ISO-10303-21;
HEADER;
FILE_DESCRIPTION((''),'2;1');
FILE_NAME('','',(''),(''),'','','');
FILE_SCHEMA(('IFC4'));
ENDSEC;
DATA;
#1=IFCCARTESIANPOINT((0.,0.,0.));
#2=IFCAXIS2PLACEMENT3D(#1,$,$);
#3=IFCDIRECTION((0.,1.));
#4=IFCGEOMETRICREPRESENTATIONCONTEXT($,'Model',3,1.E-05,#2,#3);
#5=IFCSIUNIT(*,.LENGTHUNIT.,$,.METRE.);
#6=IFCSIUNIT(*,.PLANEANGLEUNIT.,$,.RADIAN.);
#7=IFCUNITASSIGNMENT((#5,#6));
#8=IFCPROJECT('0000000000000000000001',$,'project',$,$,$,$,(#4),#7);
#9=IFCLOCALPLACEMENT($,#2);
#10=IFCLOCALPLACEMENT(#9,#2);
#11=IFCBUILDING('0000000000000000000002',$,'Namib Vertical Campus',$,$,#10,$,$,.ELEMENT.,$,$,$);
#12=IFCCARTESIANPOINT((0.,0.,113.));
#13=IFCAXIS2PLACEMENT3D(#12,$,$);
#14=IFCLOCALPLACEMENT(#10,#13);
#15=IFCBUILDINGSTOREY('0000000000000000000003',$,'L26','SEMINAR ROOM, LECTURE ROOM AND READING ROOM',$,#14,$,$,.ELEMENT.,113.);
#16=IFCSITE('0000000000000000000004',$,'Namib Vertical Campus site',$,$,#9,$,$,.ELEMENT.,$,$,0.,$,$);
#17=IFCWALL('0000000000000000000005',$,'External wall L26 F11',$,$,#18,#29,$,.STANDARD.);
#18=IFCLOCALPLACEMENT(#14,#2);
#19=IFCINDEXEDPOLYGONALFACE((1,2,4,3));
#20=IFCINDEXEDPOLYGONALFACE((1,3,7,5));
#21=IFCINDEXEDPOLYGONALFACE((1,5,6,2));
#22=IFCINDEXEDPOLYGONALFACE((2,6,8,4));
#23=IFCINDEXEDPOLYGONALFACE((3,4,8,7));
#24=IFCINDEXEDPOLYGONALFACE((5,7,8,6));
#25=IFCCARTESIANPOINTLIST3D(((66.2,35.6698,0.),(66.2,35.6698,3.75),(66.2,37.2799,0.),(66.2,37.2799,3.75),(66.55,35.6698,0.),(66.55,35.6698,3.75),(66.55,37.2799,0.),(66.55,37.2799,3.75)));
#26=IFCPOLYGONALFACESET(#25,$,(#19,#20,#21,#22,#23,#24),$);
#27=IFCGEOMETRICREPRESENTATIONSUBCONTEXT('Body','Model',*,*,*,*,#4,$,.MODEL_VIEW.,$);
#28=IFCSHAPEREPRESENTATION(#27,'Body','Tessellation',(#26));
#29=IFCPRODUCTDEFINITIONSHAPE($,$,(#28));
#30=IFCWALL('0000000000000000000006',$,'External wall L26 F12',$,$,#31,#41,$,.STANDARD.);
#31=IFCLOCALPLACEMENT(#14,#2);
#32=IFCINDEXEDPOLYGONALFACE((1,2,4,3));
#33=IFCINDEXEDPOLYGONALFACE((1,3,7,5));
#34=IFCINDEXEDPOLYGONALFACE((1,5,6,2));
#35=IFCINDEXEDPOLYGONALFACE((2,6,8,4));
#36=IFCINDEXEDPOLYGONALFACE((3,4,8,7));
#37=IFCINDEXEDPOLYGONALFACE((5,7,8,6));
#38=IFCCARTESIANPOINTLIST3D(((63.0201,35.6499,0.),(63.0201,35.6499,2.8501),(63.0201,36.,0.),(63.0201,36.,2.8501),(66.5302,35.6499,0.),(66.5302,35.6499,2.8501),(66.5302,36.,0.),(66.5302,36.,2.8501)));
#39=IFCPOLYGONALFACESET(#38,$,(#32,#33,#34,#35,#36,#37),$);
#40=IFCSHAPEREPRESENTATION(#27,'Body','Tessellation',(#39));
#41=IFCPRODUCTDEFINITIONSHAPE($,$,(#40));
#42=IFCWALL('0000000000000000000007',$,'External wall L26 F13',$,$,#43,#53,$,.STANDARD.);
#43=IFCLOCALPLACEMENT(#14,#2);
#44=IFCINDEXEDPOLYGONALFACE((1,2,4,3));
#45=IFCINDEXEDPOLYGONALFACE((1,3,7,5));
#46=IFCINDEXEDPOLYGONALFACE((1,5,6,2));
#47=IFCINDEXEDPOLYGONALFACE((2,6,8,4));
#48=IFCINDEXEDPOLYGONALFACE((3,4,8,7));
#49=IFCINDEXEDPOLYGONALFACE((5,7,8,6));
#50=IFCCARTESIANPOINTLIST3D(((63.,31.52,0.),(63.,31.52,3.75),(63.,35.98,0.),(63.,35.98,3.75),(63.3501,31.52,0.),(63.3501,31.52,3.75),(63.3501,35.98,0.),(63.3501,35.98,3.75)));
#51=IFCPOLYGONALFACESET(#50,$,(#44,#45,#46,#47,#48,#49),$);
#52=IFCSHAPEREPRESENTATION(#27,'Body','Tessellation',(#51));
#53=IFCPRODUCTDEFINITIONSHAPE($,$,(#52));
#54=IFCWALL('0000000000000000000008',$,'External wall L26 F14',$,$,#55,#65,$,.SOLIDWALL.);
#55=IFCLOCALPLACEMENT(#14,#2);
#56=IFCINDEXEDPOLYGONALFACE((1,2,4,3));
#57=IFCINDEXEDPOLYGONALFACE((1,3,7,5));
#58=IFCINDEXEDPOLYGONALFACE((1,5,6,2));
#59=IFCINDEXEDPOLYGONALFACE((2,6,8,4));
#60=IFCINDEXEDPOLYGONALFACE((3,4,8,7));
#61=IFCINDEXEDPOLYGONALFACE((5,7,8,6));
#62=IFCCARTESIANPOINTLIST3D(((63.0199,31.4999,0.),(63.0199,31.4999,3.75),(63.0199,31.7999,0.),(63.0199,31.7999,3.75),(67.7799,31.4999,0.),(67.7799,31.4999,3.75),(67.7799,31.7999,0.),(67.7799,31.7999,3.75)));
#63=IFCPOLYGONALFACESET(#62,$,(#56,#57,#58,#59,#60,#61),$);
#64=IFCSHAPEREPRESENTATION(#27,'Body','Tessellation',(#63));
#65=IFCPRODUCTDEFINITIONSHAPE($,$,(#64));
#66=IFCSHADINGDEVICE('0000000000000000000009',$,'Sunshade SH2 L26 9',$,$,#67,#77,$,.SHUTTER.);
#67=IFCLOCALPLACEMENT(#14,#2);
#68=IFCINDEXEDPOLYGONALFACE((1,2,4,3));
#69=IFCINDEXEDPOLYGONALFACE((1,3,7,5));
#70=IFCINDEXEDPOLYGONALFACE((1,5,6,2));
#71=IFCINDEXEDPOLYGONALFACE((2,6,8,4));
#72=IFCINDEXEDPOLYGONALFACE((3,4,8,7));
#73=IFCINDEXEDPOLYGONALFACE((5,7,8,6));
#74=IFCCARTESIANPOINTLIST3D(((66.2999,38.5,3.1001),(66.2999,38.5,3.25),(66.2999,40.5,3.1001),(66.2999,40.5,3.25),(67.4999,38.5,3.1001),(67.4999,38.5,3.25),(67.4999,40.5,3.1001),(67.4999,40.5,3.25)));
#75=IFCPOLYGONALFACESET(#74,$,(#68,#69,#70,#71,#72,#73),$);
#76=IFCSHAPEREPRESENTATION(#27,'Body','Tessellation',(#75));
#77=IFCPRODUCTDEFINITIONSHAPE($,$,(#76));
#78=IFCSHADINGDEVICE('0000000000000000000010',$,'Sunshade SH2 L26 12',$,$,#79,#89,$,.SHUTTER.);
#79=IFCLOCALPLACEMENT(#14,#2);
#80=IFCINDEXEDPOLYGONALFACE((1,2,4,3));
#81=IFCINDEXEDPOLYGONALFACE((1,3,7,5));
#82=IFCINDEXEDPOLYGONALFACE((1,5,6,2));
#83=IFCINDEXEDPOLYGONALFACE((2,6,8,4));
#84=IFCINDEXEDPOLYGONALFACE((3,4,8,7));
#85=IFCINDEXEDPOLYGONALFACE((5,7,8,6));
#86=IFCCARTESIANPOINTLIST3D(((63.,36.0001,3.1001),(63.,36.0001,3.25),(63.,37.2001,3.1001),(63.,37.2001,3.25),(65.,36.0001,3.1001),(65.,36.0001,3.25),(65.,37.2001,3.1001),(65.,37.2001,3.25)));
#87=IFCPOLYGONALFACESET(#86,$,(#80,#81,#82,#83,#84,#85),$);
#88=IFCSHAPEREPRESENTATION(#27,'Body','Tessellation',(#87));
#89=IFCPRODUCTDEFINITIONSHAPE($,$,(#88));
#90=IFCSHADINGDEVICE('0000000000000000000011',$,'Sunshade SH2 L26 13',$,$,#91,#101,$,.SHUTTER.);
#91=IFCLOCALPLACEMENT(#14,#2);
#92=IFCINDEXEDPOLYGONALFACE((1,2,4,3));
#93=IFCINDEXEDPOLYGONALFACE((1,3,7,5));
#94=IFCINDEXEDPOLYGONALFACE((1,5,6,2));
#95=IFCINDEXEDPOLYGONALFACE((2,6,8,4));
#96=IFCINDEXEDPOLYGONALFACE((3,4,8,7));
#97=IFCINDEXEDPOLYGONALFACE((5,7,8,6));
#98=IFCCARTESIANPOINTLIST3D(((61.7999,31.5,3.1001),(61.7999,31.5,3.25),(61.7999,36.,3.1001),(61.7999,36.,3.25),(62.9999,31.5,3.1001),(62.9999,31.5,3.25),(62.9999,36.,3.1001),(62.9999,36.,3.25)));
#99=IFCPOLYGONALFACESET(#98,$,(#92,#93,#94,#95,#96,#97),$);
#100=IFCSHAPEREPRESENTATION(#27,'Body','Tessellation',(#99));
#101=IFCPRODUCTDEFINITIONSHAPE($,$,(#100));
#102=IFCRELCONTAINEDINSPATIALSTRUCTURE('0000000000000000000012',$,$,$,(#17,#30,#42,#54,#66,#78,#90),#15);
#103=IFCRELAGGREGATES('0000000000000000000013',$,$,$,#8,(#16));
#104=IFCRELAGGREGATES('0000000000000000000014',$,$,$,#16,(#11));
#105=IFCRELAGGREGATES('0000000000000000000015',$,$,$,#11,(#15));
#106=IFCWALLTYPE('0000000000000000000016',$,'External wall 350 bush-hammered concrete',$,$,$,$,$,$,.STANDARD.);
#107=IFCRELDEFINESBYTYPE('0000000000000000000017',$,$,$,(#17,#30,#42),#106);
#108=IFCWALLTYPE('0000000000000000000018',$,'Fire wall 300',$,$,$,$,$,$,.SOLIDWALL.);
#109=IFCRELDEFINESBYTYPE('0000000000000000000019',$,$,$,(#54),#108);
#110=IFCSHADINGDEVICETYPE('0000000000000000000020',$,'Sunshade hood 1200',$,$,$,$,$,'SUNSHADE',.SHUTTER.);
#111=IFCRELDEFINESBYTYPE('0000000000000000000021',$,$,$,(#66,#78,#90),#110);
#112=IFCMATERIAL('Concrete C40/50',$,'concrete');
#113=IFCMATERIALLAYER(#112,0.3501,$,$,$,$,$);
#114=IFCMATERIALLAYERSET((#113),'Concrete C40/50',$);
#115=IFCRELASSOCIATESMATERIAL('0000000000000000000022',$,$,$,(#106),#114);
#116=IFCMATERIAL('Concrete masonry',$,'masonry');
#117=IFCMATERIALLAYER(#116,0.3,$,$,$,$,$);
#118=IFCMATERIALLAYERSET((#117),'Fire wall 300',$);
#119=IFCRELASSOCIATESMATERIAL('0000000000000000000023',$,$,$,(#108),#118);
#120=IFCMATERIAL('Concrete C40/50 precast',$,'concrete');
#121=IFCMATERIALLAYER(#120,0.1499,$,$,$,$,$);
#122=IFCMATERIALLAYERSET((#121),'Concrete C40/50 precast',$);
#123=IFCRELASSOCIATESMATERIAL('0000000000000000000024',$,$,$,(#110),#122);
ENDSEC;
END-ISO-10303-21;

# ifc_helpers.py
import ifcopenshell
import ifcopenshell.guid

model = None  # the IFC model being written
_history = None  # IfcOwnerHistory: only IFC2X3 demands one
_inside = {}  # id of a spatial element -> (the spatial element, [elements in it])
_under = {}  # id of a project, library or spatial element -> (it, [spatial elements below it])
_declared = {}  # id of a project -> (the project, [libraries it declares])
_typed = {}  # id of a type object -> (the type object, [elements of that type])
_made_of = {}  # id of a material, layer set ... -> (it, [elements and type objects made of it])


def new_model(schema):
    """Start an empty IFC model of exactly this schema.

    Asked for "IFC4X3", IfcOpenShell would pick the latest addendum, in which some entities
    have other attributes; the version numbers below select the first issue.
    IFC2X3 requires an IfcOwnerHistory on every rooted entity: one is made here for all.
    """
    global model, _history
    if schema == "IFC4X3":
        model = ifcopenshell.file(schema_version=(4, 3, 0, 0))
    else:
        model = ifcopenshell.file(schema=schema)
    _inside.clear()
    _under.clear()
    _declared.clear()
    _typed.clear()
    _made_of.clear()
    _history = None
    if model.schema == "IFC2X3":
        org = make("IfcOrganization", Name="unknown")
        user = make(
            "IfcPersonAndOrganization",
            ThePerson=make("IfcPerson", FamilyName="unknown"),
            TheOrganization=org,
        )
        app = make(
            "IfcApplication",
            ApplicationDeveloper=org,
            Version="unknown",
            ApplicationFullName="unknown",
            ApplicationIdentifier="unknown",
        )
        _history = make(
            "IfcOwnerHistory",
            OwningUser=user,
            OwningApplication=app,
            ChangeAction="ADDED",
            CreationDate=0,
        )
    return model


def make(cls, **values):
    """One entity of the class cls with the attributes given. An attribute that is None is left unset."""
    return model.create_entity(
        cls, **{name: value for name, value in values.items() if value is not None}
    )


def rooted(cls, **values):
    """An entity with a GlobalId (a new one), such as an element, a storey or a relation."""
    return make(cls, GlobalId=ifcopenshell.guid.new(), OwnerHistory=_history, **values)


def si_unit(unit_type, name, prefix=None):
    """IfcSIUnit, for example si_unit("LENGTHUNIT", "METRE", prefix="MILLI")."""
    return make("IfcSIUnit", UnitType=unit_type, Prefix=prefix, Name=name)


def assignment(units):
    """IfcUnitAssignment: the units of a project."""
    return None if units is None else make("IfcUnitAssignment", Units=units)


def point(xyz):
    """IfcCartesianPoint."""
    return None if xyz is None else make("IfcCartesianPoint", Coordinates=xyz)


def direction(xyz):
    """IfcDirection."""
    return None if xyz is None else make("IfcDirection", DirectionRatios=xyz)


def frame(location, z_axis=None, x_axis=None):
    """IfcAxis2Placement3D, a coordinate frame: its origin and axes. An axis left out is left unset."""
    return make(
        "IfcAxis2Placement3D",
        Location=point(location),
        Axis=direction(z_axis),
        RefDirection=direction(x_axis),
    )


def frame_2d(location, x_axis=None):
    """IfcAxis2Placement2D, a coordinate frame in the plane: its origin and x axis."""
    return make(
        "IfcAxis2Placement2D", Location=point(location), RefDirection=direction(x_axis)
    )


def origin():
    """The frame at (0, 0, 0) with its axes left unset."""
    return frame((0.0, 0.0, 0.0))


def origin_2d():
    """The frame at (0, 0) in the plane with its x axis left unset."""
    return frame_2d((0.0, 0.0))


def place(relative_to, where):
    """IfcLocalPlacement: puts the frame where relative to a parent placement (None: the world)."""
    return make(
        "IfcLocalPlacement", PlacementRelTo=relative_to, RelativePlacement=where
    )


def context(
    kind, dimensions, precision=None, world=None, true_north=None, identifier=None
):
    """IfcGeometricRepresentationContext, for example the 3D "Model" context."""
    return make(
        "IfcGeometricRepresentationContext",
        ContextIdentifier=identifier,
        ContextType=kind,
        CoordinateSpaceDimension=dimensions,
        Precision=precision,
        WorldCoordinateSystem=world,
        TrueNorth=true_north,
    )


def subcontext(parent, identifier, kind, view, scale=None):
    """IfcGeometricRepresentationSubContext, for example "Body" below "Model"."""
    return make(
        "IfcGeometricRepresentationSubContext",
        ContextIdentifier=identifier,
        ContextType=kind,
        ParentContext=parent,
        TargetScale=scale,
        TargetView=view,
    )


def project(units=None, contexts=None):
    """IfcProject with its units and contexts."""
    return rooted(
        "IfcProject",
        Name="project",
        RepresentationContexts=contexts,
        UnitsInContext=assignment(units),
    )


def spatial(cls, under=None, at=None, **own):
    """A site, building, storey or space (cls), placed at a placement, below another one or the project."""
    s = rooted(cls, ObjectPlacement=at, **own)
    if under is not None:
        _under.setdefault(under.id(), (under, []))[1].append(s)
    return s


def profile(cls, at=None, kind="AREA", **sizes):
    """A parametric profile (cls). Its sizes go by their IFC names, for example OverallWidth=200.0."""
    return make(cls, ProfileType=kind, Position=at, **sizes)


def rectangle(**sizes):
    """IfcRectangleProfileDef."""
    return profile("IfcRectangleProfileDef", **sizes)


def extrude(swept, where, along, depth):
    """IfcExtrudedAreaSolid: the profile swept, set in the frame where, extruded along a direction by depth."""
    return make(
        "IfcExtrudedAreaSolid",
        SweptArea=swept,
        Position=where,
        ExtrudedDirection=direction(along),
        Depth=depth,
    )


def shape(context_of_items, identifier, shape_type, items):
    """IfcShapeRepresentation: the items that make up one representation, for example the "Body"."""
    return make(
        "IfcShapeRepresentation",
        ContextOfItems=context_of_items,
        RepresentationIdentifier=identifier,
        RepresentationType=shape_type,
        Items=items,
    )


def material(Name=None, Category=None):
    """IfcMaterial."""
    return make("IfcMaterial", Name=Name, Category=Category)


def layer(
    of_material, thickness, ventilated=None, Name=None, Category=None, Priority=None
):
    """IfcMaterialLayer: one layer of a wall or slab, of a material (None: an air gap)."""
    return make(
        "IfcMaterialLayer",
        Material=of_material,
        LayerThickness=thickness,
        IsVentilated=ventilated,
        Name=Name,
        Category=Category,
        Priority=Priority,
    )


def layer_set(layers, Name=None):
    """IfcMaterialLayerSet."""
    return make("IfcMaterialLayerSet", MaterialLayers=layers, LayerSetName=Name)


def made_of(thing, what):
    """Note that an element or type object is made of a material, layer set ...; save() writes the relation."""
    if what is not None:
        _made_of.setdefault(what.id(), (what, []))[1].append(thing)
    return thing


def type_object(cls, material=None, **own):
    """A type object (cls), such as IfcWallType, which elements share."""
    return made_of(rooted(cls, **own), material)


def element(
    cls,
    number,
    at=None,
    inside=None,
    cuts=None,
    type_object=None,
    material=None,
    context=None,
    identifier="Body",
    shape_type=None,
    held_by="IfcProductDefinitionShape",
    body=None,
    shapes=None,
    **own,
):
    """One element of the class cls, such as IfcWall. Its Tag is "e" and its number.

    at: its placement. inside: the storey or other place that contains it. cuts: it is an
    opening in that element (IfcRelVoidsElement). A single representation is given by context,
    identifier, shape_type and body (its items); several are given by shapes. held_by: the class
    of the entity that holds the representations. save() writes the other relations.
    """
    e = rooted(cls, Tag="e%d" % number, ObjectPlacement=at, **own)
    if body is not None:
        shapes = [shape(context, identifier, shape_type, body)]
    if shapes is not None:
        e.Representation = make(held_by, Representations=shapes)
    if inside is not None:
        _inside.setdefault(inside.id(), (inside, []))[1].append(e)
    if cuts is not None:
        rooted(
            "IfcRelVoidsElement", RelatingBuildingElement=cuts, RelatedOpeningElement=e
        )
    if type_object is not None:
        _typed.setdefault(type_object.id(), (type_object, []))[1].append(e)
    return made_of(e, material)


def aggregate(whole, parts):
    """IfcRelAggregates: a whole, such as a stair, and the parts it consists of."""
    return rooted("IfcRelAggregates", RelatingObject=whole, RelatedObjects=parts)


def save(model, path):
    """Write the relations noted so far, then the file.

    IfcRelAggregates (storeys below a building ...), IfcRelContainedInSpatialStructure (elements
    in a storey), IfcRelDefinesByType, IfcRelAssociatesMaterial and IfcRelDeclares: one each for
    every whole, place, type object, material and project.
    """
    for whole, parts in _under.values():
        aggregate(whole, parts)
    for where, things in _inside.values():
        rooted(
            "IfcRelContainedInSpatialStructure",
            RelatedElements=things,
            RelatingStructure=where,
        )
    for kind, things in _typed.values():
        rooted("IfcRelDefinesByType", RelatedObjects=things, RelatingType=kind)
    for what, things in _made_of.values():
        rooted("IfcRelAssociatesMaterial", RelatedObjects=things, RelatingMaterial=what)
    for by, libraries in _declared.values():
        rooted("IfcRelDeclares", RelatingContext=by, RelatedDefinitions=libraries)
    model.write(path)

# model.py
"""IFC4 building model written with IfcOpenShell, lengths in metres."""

from ifc_helpers import new_model, si_unit, direction, frame, frame_2d, origin, origin_2d, place, context, subcontext, project, spatial, rectangle, extrude, material, layer, layer_set, type_object, element, save


model = new_model("IFC4")

# Units and contexts
model_context = context("Model", 3, precision=1e-05, world=origin(), true_north=direction((0.0, 1.0)))
body_context = subcontext(model_context, "Body", "Model", "MODEL_VIEW")
ifc_project = project(units=[si_unit("LENGTHUNIT", "METRE"), si_unit("PLANEANGLEUNIT", "RADIAN")], contexts=[model_context])

# Site, building, storey
site_placement = place(None, origin())
site = spatial("IfcSite", under=ifc_project, at=site_placement, Name="Namib Vertical Campus site", CompositionType="ELEMENT", RefElevation=0.0)
building_placement = place(site_placement, origin())
building = spatial("IfcBuilding", under=site, at=building_placement, Name="Namib Vertical Campus", CompositionType="ELEMENT")
storey_placement = place(building_placement, frame((0.0, 0.0, 113.0)))
storey = spatial("IfcBuildingStorey", under=building, at=storey_placement, Name="L26", Description="SEMINAR ROOM, LECTURE ROOM AND READING ROOM", CompositionType="ELEMENT", Elevation=113.0)

# Walls
ifc_material_1 = material(Name="Concrete C40/50", Category="concrete")
ifc_layer_1 = layer(ifc_material_1, 0.3501)
ifc_layer_set_1 = layer_set([ifc_layer_1], Name="Concrete C40/50")
wall_type_1 = type_object("IfcWallType", Name="External wall 350 bush-hammered concrete", PredefinedType="STANDARD", material=ifc_layer_set_1)
wall_1_placement = place(storey_placement, frame((66.375, 37.28, 0.0), z_axis=(0.0, 0.0, 1.0), x_axis=(0.0, -1.0, 0.0)))
element("IfcWall", 1, at=wall_1_placement, inside=storey, type_object=wall_type_1, Name="External wall L26 F11", PredefinedType="STANDARD", context=body_context, shape_type="SweptSolid", body=[
    extrude(rectangle(XDim=1.6101, YDim=0.3501, at=frame_2d((0.8052, 0.0))), origin(), (0.0, 0.0, 1.0), 3.75),
])
wall_2_placement = place(storey_placement, frame((66.53, 35.825, 0.0), z_axis=(0.0, 0.0, 1.0), x_axis=(-1.0, 0.0, 0.0)))
element("IfcWall", 2, at=wall_2_placement, inside=storey, type_object=wall_type_1, Name="External wall L26 F12", PredefinedType="STANDARD", context=body_context, shape_type="SweptSolid", body=[
    extrude(rectangle(XDim=3.51, YDim=0.3501, at=frame_2d((1.7549, 0.0))), origin(), (0.0, 0.0, 1.0), 2.8501),
])
wall_3_placement = place(storey_placement, frame((63.175, 35.98, 0.0), z_axis=(0.0, 0.0, 1.0), x_axis=(0.0, -1.0, 0.0)))
element("IfcWall", 3, at=wall_3_placement, inside=storey, type_object=wall_type_1, Name="External wall L26 F13", PredefinedType="STANDARD", context=body_context, shape_type="SweptSolid", body=[
    extrude(rectangle(XDim=4.46, YDim=0.3501, at=frame_2d((2.23, 0.0))), origin(), (0.0, 0.0, 1.0), 3.75),
])
ifc_material_2 = material(Name="Concrete masonry", Category="masonry")
ifc_layer_2 = layer(ifc_material_2, 0.3)
ifc_layer_set_2 = layer_set([ifc_layer_2], Name="Fire wall 300")
wall_type_2 = type_object("IfcWallType", Name="Fire wall 300", PredefinedType="SOLIDWALL", material=ifc_layer_set_2)
wall_4_placement = place(storey_placement, frame((63.02, 31.6499, 0.0), z_axis=(0.0, 0.0, 1.0), x_axis=(1.0, 0.0, 0.0)))
element("IfcWall", 4, at=wall_4_placement, inside=storey, type_object=wall_type_2, Name="External wall L26 F14", PredefinedType="SOLIDWALL", context=body_context, shape_type="SweptSolid", body=[
    extrude(rectangle(XDim=4.76, YDim=0.3, at=frame_2d((2.3799, 0.0))), origin(), (0.0, 0.0, 1.0), 3.75),
])

# Shading devices
ifc_material_3 = material(Name="Concrete C40/50 precast", Category="concrete")
ifc_layer_3 = layer(ifc_material_3, 0.1499)
ifc_layer_set_3 = layer_set([ifc_layer_3], Name="Concrete C40/50 precast")
shading_device_type = type_object("IfcShadingDeviceType", Name="Sunshade hood 1200", ElementType="SUNSHADE", PredefinedType="SHUTTER", material=ifc_layer_set_3)
for number, where, z_axis, x_axis, name in (
    (5, (66.8999, 39.5, 3.1001), (0.0, 0.0, 1.0), (0.0, -1.0, 0.0), "Sunshade SH2 L26 9"),
    (6, (64.0, 36.6001, 3.1001), (0.0, 0.0, 1.0), (-1.0, 0.0, 0.0), "Sunshade SH2 L26 12"),
):
    element("IfcShadingDevice", number, at=place(storey_placement, frame(where, z_axis=z_axis, x_axis=x_axis)), inside=storey, type_object=shading_device_type, Name=name, PredefinedType="SHUTTER", context=body_context, shape_type="SweptSolid", body=[
        extrude(rectangle(XDim=2.0, YDim=1.2, at=origin_2d()), origin(), (0.0, 0.0, 1.0), 0.1499),
    ])
shading_device_placement = place(storey_placement, frame((62.3999, 33.75, 3.1001), z_axis=(0.0, 0.0, 1.0), x_axis=(0.0, -1.0, 0.0)))
element("IfcShadingDevice", 7, at=shading_device_placement, inside=storey, type_object=shading_device_type, Name="Sunshade SH2 L26 13", PredefinedType="SHUTTER", context=body_context, shape_type="SweptSolid", body=[
    extrude(rectangle(XDim=4.5, YDim=1.2, at=origin_2d()), origin(), (0.0, 0.0, 1.0), 0.1499),
])

save(model, "model.ifc")
